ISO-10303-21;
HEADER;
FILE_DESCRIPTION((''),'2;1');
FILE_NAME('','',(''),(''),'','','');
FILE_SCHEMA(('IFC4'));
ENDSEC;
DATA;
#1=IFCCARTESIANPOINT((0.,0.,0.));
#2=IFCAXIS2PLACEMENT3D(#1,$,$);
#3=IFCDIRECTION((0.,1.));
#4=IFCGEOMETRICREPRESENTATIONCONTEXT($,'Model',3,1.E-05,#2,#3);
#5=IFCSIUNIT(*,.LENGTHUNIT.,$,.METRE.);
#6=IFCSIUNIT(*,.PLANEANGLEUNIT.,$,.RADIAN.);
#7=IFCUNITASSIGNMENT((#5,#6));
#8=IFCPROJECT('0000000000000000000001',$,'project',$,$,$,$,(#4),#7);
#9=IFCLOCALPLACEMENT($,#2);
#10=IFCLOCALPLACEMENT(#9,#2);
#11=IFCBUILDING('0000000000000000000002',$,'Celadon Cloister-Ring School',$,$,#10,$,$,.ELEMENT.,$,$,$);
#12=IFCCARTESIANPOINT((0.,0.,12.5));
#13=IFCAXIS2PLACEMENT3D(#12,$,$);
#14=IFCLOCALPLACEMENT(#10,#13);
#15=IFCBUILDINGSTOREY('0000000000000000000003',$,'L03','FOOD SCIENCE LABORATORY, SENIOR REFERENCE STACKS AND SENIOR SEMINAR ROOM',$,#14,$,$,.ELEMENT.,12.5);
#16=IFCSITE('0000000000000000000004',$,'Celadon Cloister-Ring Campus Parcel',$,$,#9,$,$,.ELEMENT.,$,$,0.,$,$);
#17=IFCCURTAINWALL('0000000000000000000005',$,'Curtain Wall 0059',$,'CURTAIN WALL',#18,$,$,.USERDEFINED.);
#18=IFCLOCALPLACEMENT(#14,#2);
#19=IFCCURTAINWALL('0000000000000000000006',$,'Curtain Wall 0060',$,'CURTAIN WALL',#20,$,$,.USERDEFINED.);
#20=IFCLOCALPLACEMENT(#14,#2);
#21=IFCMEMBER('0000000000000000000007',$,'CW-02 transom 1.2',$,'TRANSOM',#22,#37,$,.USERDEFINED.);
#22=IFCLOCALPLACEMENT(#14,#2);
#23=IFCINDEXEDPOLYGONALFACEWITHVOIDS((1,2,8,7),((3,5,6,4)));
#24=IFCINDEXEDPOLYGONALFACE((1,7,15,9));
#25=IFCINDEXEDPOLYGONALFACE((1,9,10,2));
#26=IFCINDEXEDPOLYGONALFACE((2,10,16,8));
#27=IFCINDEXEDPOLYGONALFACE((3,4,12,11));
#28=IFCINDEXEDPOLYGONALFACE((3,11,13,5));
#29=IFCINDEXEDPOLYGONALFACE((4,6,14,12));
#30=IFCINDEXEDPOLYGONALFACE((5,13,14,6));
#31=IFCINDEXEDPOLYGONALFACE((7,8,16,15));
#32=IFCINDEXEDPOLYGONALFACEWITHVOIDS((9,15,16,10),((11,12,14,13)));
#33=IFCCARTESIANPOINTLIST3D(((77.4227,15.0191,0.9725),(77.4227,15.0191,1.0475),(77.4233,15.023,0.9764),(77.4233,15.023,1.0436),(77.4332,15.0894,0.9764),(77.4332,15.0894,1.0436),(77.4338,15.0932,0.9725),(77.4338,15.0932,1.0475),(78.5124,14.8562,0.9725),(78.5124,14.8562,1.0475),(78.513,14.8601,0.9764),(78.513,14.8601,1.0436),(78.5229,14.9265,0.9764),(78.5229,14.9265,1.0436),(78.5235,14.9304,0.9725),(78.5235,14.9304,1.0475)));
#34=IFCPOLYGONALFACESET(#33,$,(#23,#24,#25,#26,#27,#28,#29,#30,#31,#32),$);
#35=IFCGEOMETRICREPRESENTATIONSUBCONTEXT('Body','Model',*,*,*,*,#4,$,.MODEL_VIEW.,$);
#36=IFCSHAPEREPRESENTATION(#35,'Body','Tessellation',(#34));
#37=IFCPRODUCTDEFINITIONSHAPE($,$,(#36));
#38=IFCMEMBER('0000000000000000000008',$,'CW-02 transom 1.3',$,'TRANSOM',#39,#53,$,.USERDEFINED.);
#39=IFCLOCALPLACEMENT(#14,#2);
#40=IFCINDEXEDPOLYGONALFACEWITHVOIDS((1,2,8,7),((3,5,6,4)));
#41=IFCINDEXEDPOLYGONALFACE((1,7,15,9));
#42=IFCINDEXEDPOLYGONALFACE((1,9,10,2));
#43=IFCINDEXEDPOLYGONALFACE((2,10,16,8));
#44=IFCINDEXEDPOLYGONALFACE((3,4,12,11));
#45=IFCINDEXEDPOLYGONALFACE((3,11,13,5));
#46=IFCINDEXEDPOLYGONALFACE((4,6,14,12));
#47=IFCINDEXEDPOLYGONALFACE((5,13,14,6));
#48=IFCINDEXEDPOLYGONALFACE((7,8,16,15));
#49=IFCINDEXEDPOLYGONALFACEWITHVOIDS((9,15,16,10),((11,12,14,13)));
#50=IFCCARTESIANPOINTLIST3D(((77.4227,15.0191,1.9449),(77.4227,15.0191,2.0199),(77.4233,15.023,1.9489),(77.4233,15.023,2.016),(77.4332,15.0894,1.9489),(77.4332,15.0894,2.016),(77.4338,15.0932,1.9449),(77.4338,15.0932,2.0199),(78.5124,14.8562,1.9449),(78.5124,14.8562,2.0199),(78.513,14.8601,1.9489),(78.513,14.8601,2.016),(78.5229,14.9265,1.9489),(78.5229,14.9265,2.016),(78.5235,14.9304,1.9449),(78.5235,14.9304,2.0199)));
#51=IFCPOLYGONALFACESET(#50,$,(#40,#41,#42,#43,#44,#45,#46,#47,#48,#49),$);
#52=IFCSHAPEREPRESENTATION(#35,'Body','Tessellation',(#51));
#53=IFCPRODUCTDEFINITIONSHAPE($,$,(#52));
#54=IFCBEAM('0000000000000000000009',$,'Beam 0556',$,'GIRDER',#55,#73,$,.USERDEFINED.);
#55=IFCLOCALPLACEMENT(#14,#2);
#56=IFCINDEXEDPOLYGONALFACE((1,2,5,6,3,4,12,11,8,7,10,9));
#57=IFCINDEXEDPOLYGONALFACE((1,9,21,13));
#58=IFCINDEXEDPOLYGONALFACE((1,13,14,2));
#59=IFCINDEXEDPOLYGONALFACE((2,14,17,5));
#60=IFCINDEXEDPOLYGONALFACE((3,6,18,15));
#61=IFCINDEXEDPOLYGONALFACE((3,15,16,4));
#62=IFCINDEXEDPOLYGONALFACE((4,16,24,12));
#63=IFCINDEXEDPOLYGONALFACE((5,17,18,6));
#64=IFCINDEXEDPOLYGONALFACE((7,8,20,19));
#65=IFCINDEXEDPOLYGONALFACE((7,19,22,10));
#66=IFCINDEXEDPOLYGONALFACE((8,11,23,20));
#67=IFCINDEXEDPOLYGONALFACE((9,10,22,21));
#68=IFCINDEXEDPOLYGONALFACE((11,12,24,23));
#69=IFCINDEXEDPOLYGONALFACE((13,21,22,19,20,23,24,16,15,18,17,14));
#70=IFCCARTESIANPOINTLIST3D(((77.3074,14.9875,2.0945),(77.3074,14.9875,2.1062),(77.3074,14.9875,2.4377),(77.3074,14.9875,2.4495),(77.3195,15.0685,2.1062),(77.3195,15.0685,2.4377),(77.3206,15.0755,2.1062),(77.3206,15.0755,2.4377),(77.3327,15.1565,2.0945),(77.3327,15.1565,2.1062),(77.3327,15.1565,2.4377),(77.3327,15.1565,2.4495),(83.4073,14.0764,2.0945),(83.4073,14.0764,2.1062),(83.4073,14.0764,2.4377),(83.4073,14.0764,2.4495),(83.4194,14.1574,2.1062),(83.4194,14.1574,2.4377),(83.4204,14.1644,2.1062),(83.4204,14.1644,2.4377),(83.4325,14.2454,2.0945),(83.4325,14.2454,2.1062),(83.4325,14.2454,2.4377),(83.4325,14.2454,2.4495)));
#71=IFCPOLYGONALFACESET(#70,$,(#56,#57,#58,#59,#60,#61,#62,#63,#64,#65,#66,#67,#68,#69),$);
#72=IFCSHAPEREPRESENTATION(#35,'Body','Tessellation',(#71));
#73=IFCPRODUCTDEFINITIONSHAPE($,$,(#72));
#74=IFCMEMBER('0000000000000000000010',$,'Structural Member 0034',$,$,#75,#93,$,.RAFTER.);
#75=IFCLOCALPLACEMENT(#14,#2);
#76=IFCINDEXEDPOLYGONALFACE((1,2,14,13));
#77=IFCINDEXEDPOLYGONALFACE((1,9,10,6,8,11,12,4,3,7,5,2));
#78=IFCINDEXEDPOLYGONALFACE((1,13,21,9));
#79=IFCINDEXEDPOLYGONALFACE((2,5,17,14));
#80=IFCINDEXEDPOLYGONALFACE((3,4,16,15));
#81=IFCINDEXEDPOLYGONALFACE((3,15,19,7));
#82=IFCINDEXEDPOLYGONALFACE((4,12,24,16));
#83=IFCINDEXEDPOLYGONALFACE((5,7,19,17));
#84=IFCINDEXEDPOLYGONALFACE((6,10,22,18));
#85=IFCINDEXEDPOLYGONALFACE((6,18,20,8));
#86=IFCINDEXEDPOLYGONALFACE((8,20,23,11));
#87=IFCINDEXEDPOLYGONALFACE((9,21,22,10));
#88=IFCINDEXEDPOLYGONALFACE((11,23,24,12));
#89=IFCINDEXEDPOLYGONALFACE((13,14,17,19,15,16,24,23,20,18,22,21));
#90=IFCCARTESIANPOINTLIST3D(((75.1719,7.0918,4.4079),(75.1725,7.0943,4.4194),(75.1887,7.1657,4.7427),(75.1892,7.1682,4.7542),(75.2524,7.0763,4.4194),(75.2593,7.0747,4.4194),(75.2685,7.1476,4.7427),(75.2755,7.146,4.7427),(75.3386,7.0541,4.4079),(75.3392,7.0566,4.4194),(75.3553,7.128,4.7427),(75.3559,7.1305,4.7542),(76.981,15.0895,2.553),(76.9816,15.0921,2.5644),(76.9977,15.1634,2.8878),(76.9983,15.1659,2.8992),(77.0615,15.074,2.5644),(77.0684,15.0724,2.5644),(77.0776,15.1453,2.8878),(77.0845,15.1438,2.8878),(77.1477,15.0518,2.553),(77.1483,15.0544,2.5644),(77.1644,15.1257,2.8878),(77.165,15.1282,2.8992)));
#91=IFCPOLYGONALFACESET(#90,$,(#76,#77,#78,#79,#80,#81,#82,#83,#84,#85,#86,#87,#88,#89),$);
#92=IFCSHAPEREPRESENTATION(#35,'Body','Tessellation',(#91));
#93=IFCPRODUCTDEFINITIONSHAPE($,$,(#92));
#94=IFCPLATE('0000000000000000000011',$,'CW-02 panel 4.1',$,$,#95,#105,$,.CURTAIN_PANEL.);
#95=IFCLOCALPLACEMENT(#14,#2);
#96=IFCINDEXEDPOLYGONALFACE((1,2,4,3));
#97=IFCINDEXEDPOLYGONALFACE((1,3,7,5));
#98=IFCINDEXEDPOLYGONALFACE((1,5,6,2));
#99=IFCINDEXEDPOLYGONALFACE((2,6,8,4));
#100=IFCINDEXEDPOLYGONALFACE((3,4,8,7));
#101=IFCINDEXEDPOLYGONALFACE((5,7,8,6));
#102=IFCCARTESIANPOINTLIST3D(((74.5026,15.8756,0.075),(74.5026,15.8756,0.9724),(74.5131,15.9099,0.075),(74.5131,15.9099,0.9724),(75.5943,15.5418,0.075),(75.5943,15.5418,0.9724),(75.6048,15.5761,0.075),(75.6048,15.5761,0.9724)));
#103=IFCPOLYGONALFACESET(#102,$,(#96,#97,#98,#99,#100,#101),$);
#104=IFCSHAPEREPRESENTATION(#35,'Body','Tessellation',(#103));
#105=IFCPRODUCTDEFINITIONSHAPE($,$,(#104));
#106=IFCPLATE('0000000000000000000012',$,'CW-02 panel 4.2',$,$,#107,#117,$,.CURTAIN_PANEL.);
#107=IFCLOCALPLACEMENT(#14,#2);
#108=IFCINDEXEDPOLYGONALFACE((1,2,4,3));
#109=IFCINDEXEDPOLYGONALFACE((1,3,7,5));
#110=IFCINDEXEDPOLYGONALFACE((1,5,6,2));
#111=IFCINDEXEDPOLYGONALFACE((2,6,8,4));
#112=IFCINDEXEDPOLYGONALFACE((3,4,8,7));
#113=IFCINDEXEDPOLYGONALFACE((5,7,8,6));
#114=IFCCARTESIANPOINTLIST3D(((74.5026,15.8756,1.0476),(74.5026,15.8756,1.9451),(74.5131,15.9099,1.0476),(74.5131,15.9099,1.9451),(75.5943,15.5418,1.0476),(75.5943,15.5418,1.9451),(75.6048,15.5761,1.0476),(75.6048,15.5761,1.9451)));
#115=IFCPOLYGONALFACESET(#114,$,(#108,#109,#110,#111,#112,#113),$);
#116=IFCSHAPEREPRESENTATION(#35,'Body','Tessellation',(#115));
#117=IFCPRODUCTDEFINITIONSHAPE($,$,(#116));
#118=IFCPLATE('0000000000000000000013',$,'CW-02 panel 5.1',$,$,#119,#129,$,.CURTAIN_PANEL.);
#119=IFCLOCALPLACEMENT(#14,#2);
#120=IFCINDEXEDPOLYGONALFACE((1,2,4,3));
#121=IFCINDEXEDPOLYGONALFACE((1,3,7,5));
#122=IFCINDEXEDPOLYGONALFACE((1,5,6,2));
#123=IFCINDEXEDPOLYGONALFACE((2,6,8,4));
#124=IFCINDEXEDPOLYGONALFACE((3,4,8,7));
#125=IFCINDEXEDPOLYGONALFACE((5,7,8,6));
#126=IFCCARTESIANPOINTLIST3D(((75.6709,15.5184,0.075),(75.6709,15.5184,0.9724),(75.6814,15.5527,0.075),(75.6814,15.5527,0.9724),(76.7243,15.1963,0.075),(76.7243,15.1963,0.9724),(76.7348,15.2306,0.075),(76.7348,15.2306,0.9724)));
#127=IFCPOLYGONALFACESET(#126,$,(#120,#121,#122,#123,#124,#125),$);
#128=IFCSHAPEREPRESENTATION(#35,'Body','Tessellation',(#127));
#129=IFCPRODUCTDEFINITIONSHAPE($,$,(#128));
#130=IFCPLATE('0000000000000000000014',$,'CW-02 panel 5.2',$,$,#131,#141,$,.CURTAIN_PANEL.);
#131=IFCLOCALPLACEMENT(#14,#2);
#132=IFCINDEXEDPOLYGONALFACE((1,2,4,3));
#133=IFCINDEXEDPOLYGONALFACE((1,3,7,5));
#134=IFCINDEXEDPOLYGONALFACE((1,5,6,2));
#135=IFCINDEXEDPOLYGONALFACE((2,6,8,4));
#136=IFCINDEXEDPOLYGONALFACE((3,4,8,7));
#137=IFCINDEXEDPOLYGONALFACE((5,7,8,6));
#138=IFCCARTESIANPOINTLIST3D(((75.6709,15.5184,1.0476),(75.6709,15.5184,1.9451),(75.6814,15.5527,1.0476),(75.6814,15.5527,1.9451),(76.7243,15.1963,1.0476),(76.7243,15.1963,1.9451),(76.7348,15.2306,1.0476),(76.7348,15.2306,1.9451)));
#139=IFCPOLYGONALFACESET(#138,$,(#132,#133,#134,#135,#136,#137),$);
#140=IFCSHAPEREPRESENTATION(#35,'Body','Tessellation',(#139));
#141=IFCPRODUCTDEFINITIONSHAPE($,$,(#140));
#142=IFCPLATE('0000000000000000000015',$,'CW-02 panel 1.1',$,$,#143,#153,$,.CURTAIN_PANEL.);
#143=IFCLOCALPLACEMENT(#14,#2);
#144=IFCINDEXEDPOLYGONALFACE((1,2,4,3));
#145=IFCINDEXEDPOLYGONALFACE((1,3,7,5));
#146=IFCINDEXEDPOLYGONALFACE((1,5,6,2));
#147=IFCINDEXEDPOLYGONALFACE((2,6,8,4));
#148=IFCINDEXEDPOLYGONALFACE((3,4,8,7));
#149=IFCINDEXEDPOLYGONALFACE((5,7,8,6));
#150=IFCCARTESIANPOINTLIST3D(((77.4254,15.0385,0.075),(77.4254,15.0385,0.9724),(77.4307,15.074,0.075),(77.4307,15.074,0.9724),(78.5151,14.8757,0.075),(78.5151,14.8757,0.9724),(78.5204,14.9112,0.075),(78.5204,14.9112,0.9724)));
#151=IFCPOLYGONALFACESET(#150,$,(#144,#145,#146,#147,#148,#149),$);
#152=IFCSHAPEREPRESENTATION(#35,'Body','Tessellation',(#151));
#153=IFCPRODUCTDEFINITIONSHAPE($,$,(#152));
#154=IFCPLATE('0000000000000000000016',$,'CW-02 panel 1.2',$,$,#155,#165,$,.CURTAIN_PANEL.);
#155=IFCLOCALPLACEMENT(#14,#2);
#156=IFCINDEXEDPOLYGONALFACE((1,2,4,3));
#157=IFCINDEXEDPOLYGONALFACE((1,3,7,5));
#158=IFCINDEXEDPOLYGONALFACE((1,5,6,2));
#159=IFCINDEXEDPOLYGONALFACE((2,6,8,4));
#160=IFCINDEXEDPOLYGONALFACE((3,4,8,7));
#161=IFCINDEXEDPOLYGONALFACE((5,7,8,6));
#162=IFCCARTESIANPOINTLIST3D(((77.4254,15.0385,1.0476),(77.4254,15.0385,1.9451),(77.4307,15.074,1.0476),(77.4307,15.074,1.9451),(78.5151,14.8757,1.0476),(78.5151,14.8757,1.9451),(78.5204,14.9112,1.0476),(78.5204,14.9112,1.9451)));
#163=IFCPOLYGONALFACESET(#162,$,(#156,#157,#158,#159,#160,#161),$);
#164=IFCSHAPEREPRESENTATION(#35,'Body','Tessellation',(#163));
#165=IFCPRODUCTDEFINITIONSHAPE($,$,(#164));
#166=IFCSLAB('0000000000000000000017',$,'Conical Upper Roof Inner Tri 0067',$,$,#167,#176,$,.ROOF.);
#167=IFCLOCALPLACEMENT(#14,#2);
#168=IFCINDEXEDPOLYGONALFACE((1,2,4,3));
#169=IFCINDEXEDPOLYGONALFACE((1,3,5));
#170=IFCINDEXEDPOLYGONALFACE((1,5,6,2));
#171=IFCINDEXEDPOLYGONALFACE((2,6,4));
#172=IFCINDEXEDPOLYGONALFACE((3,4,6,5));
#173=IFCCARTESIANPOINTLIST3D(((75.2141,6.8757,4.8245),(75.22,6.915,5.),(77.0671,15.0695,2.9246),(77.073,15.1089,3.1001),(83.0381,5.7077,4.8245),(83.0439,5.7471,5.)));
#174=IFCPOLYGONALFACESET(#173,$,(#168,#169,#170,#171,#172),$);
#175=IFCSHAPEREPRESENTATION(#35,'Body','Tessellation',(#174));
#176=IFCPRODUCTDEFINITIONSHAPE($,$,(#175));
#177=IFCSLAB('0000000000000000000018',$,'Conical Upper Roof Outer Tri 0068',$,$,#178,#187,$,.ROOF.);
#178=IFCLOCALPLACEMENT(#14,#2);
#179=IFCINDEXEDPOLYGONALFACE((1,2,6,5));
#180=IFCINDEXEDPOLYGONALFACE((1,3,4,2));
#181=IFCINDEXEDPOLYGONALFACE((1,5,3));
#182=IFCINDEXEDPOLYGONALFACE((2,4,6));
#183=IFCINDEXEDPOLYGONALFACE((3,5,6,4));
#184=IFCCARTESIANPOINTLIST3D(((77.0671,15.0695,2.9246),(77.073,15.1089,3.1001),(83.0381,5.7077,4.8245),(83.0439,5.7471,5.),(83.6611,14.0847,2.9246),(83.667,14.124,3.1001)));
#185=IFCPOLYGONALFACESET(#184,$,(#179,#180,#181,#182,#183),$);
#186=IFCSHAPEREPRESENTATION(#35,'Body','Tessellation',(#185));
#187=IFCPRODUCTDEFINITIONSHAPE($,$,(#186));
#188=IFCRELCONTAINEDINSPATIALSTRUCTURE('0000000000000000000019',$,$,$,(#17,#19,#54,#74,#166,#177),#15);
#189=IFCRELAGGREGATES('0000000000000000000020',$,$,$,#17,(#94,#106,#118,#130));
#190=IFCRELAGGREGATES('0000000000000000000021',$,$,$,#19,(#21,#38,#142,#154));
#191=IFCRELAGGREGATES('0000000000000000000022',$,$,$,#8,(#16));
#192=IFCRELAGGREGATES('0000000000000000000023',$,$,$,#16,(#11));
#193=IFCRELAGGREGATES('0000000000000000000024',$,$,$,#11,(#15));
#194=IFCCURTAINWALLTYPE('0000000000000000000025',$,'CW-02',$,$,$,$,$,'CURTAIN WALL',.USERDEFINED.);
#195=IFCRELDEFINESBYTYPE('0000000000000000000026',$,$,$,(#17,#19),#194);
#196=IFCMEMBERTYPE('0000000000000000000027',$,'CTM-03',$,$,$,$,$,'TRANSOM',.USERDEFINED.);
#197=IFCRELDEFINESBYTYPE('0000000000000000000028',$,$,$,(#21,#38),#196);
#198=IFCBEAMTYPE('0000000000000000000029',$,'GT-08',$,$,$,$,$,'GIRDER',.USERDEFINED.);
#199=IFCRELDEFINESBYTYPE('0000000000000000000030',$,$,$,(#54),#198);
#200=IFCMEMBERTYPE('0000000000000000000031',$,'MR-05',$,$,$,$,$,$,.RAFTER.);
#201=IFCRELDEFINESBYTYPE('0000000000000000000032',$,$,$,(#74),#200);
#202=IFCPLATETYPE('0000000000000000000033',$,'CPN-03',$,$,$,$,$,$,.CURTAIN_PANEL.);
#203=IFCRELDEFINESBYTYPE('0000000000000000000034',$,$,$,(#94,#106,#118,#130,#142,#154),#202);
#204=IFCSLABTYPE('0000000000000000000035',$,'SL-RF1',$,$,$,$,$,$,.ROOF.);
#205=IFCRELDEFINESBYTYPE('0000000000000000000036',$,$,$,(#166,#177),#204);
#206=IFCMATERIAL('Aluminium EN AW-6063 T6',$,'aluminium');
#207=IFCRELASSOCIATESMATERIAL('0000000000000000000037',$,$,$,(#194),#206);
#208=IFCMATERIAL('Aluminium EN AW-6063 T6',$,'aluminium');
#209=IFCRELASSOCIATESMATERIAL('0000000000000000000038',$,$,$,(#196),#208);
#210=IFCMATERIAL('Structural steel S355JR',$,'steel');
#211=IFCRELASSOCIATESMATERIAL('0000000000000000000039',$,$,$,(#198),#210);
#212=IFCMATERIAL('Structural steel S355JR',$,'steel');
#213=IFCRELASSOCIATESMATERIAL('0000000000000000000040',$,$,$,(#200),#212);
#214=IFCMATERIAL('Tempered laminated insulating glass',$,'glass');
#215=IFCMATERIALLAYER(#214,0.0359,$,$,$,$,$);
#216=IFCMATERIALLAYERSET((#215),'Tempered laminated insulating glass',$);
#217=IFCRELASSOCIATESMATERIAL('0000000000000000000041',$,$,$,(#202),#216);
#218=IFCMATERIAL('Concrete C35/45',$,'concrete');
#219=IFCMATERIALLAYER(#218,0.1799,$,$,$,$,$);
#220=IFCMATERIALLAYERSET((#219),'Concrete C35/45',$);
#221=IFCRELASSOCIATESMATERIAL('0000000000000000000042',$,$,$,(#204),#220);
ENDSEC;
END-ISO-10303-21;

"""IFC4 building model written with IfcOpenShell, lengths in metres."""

from ifc_helpers import new_model, si_unit, direction, frame, origin, origin_2d, place, context, subcontext, project, spatial, polyline, rectangle, hollow_rectangle, i_section, outline, extrude, material, layer, layer_set, material_profile, profile_set, type_object, element, aggregate, save


model = new_model("IFC4")

# Units and contexts
model_context = context("Model", 3, precision=1e-05, world=origin(), true_north=direction((0.0, 1.0)))
body_context = subcontext(model_context, "Body", "Model", "MODEL_VIEW")
ifc_project = project(units=[si_unit("LENGTHUNIT", "METRE"), si_unit("PLANEANGLEUNIT", "RADIAN")], contexts=[model_context])

# Site, building, storey
site_placement = place(None, origin())
site = spatial("IfcSite", under=ifc_project, at=site_placement, Name="Celadon Cloister-Ring Campus Parcel", CompositionType="ELEMENT", RefElevation=0.0)
building_placement = place(site_placement, origin())
building = spatial("IfcBuilding", under=site, at=building_placement, Name="Celadon Cloister-Ring School", CompositionType="ELEMENT")
storey_placement = place(building_placement, frame((0.0, 0.0, 12.5)))
storey = spatial("IfcBuildingStorey", under=building, at=storey_placement, Name="L03", Description="FOOD SCIENCE LABORATORY, SENIOR REFERENCE STACKS AND SENIOR SEMINAR ROOM", CompositionType="ELEMENT", Elevation=12.5)

# Curtain wall
ifc_material_1 = material(Name="Aluminium EN AW-6063 T6", Category="aluminium")
curtain_wall_type = type_object("IfcCurtainWallType", Name="CW-02", ElementType="CURTAIN WALL", PredefinedType="USERDEFINED", material=ifc_material_1)
curtain_wall_1_placement = place(storey_placement, origin())
curtain_wall_1 = element("IfcCurtainWall", 1, at=curtain_wall_1_placement, inside=storey, type_object=curtain_wall_type, Name="Curtain Wall 0059", ObjectType="CURTAIN WALL", PredefinedType="USERDEFINED")

# Curtain wall
curtain_wall_2_placement = place(storey_placement, origin())
curtain_wall_2 = element("IfcCurtainWall", 2, at=curtain_wall_2_placement, inside=storey, type_object=curtain_wall_type, Name="Curtain Wall 0060", ObjectType="CURTAIN WALL", PredefinedType="USERDEFINED")

# Members
ifc_material_2 = material(Name="Aluminium EN AW-6063 T6", Category="aluminium")
ifc_material_profile_1 = material_profile(ifc_material_2, hollow_rectangle(XDim=0.075, YDim=0.075, WallThickness=0.0039, at=origin_2d()), Name="RHS75X75X4")
ifc_profile_set_1 = profile_set([ifc_material_profile_1], Name="Aluminium EN AW-6063 T6")
member_type_1 = type_object("IfcMemberType", Name="CTM-03", ElementType="TRANSOM", PredefinedType="USERDEFINED", material=ifc_profile_set_1)
member_1_placement = place(storey_placement, frame((77.4282, 15.0562, 1.01), z_axis=(0.989016, -0.147809, 0.0), x_axis=(0.147809, 0.989016, 0.0)))
member_1 = element("IfcMember", 3, at=member_1_placement, type_object=member_type_1, Name="CW-02 transom 1.2", ObjectType="TRANSOM", PredefinedType="USERDEFINED", context=body_context, shape_type="SweptSolid", body=[
    extrude(hollow_rectangle(XDim=0.075, YDim=0.075, WallThickness=0.0039, at=origin_2d()), origin(), (0.0, 0.0, 1.0), 1.1018),
])
member_2_placement = place(storey_placement, frame((77.4282, 15.0562, 1.9824), z_axis=(0.989016, -0.147809, 0.0), x_axis=(0.147809, 0.989016, 0.0)))
member_2 = element("IfcMember", 4, at=member_2_placement, type_object=member_type_1, Name="CW-02 transom 1.3", ObjectType="TRANSOM", PredefinedType="USERDEFINED", context=body_context, shape_type="SweptSolid", body=[
    extrude(hollow_rectangle(XDim=0.075, YDim=0.075, WallThickness=0.0039, at=origin_2d()), origin(), (0.0, 0.0, 1.0), 1.1018),
])

# Beam
ifc_material_3 = material(Name="Structural steel S355JR", Category="steel")
ifc_material_profile_2 = material_profile(ifc_material_3, i_section(OverallWidth=0.1709, OverallDepth=0.355, WebThickness=0.0071, FlangeThickness=0.0117, at=origin_2d()), Name="W360X51")
ifc_profile_set_2 = profile_set([ifc_material_profile_2], Name="Structural steel S355JR")
beam_type = type_object("IfcBeamType", Name="GT-08", ElementType="GIRDER", PredefinedType="USERDEFINED", material=ifc_profile_set_2)
beam_placement = place(storey_placement, frame((77.3201, 15.072, 2.272), z_axis=(0.989028, -0.147731, 0.0), x_axis=(0.147731, 0.989028, 0.0)))
element("IfcBeam", 5, at=beam_placement, inside=storey, type_object=beam_type, Name="Beam 0556", ObjectType="GIRDER", PredefinedType="USERDEFINED", context=body_context, shape_type="SweptSolid", body=[
    extrude(i_section(OverallWidth=0.1709, OverallDepth=0.355, WebThickness=0.0071, FlangeThickness=0.0117, at=origin_2d()), origin(), (0.0, 0.0, 1.0), 6.1675),
])

# Member
ifc_material_4 = material(Name="Structural steel S355JR", Category="steel")
ifc_material_profile_3 = material_profile(ifc_material_4, i_section(OverallWidth=0.1709, OverallDepth=0.355, WebThickness=0.0071, FlangeThickness=0.0117, at=origin_2d()), Name="W360X51")
ifc_profile_set_3 = profile_set([ifc_material_profile_3], Name="Structural steel S355JR")
member_type_2 = type_object("IfcMemberType", Name="MR-05", PredefinedType="RAFTER", material=ifc_profile_set_3)
member_3_placement = place(storey_placement, frame((77.073, 15.1089, 2.7261), z_axis=(-0.215186, -0.95132, 0.220646), x_axis=(0.975359, -0.220624, 0.0)))
element("IfcMember", 6, at=member_3_placement, inside=storey, type_object=member_type_2, Name="Structural Member 0034", PredefinedType="RAFTER", context=body_context, shape_type="SweptSolid", body=[
    extrude(i_section(OverallWidth=0.1709, OverallDepth=0.355, WebThickness=0.0071, FlangeThickness=0.0117, at=origin_2d()), origin(), (0.0, 0.0, 1.0), 8.407),
])

# Plates
ifc_material_5 = material(Name="Tempered laminated insulating glass", Category="glass")
ifc_layer_1 = layer(ifc_material_5, 0.0359)
ifc_layer_set_1 = layer_set([ifc_layer_1], Name="Tempered laminated insulating glass")
plate_type = type_object("IfcPlateType", Name="CPN-03", PredefinedType="CURTAIN_PANEL", material=ifc_layer_set_1)
plate_1_placement = place(storey_placement, frame((75.0537, 15.7258, 0.075), z_axis=(0.0, 0.0, 1.0), x_axis=(0.956294, -0.292406, 0.0)))
plate_1 = element("IfcPlate", 7, at=plate_1_placement, type_object=plate_type, Name="CW-02 panel 4.1", PredefinedType="CURTAIN_PANEL", context=body_context, shape_type="SweptSolid", body=[
    extrude(rectangle(XDim=1.1416, YDim=0.0359, at=origin_2d()), origin(), (0.0, 0.0, 1.0), 0.8975),
])
plate_2_placement = place(storey_placement, frame((75.0537, 15.7258, 1.0476), z_axis=(0.0, 0.0, 1.0), x_axis=(0.956294, -0.292406, 0.0)))
plate_2 = element("IfcPlate", 8, at=plate_2_placement, type_object=plate_type, Name="CW-02 panel 4.2", PredefinedType="CURTAIN_PANEL", context=body_context, shape_type="SweptSolid", body=[
    extrude(rectangle(XDim=1.1416, YDim=0.0359, at=origin_2d()), origin(), (0.0, 0.0, 1.0), 0.8975),
])
plate_3_placement = place(storey_placement, frame((76.2029, 15.3745, 0.075), z_axis=(0.0, 0.0, 1.0), x_axis=(0.956294, -0.292406, 0.0)))
plate_3 = element("IfcPlate", 9, at=plate_3_placement, type_object=plate_type, Name="CW-02 panel 5.1", PredefinedType="CURTAIN_PANEL", context=body_context, shape_type="SweptSolid", body=[
    extrude(rectangle(XDim=1.1016, YDim=0.0359, at=origin_2d()), origin(), (0.0, 0.0, 1.0), 0.8975),
])
plate_4_placement = place(storey_placement, frame((76.2029, 15.3745, 1.0476), z_axis=(0.0, 0.0, 1.0), x_axis=(0.956294, -0.292406, 0.0)))
plate_4 = element("IfcPlate", 10, at=plate_4_placement, type_object=plate_type, Name="CW-02 panel 5.2", PredefinedType="CURTAIN_PANEL", context=body_context, shape_type="SweptSolid", body=[
    extrude(rectangle(XDim=1.1016, YDim=0.0359, at=origin_2d()), origin(), (0.0, 0.0, 1.0), 0.8975),
])
aggregate(curtain_wall_1, [plate_1, plate_2, plate_3, plate_4])
plate_5_placement = place(storey_placement, frame((77.9729, 14.9749, 0.075), z_axis=(0.0, 0.0, 1.0), x_axis=(0.989015, -0.147812, 0.0)))
plate_5 = element("IfcPlate", 11, at=plate_5_placement, type_object=plate_type, Name="CW-02 panel 1.1", PredefinedType="CURTAIN_PANEL", context=body_context, shape_type="SweptSolid", body=[
    extrude(rectangle(XDim=1.1018, YDim=0.0359, at=origin_2d()), origin(), (0.0, 0.0, 1.0), 0.8975),
])
plate_6_placement = place(storey_placement, frame((77.9729, 14.9749, 1.0476), z_axis=(0.0, 0.0, 1.0), x_axis=(0.989015, -0.147812, 0.0)))
plate_6 = element("IfcPlate", 12, at=plate_6_placement, type_object=plate_type, Name="CW-02 panel 1.2", PredefinedType="CURTAIN_PANEL", context=body_context, shape_type="SweptSolid", body=[
    extrude(rectangle(XDim=1.1018, YDim=0.0359, at=origin_2d()), origin(), (0.0, 0.0, 1.0), 0.8975),
])
aggregate(curtain_wall_2, [member_1, member_2, plate_5, plate_6])

# Slabs
ifc_material_6 = material(Name="Concrete C35/45", Category="concrete")
ifc_layer_2 = layer(ifc_material_6, 0.1799)
ifc_layer_set_2 = layer_set([ifc_layer_2], Name="Concrete C35/45")
slab_type = type_object("IfcSlabType", Name="SL-RF1", PredefinedType="ROOF", material=ifc_layer_set_2)
slab_1_placement = place(storey_placement, frame((77.073, 15.1089, 3.1001), z_axis=(0.032654, 0.218743, 0.975236), x_axis=(-0.215145, -0.951343, 0.220587)))
element("IfcSlab", 13, at=slab_1_placement, inside=storey, type_object=slab_type, Name="Conical Upper Roof Inner Tri 0067", PredefinedType="ROOF", context=body_context, shape_type="SweptSolid", body=[
    extrude(outline(polyline([(0.0, 0.0), (8.6129, 0.0), (8.0408, 7.89), (0.0, 0.0)])), origin(), (0.0, 0.0, -1.0), 0.1799),
])
slab_2_placement = place(storey_placement, frame((77.073, 15.1089, 3.1001), z_axis=(0.032673, 0.218754, 0.975233), x_axis=(0.530033, -0.831036, 0.168652)))
element("IfcSlab", 14, at=slab_2_placement, inside=storey, type_object=slab_type, Name="Conical Upper Roof Outer Tri 0068", PredefinedType="ROOF", context=body_context, shape_type="SweptSolid", body=[
    extrude(outline(polyline([(0.0, 0.0), (11.2652, 0.0), (4.3135, 5.0837), (0.0, 0.0)])), origin(), (0.0, 0.0, -1.0), 0.1799),
])

save(model, "model.ifc")
